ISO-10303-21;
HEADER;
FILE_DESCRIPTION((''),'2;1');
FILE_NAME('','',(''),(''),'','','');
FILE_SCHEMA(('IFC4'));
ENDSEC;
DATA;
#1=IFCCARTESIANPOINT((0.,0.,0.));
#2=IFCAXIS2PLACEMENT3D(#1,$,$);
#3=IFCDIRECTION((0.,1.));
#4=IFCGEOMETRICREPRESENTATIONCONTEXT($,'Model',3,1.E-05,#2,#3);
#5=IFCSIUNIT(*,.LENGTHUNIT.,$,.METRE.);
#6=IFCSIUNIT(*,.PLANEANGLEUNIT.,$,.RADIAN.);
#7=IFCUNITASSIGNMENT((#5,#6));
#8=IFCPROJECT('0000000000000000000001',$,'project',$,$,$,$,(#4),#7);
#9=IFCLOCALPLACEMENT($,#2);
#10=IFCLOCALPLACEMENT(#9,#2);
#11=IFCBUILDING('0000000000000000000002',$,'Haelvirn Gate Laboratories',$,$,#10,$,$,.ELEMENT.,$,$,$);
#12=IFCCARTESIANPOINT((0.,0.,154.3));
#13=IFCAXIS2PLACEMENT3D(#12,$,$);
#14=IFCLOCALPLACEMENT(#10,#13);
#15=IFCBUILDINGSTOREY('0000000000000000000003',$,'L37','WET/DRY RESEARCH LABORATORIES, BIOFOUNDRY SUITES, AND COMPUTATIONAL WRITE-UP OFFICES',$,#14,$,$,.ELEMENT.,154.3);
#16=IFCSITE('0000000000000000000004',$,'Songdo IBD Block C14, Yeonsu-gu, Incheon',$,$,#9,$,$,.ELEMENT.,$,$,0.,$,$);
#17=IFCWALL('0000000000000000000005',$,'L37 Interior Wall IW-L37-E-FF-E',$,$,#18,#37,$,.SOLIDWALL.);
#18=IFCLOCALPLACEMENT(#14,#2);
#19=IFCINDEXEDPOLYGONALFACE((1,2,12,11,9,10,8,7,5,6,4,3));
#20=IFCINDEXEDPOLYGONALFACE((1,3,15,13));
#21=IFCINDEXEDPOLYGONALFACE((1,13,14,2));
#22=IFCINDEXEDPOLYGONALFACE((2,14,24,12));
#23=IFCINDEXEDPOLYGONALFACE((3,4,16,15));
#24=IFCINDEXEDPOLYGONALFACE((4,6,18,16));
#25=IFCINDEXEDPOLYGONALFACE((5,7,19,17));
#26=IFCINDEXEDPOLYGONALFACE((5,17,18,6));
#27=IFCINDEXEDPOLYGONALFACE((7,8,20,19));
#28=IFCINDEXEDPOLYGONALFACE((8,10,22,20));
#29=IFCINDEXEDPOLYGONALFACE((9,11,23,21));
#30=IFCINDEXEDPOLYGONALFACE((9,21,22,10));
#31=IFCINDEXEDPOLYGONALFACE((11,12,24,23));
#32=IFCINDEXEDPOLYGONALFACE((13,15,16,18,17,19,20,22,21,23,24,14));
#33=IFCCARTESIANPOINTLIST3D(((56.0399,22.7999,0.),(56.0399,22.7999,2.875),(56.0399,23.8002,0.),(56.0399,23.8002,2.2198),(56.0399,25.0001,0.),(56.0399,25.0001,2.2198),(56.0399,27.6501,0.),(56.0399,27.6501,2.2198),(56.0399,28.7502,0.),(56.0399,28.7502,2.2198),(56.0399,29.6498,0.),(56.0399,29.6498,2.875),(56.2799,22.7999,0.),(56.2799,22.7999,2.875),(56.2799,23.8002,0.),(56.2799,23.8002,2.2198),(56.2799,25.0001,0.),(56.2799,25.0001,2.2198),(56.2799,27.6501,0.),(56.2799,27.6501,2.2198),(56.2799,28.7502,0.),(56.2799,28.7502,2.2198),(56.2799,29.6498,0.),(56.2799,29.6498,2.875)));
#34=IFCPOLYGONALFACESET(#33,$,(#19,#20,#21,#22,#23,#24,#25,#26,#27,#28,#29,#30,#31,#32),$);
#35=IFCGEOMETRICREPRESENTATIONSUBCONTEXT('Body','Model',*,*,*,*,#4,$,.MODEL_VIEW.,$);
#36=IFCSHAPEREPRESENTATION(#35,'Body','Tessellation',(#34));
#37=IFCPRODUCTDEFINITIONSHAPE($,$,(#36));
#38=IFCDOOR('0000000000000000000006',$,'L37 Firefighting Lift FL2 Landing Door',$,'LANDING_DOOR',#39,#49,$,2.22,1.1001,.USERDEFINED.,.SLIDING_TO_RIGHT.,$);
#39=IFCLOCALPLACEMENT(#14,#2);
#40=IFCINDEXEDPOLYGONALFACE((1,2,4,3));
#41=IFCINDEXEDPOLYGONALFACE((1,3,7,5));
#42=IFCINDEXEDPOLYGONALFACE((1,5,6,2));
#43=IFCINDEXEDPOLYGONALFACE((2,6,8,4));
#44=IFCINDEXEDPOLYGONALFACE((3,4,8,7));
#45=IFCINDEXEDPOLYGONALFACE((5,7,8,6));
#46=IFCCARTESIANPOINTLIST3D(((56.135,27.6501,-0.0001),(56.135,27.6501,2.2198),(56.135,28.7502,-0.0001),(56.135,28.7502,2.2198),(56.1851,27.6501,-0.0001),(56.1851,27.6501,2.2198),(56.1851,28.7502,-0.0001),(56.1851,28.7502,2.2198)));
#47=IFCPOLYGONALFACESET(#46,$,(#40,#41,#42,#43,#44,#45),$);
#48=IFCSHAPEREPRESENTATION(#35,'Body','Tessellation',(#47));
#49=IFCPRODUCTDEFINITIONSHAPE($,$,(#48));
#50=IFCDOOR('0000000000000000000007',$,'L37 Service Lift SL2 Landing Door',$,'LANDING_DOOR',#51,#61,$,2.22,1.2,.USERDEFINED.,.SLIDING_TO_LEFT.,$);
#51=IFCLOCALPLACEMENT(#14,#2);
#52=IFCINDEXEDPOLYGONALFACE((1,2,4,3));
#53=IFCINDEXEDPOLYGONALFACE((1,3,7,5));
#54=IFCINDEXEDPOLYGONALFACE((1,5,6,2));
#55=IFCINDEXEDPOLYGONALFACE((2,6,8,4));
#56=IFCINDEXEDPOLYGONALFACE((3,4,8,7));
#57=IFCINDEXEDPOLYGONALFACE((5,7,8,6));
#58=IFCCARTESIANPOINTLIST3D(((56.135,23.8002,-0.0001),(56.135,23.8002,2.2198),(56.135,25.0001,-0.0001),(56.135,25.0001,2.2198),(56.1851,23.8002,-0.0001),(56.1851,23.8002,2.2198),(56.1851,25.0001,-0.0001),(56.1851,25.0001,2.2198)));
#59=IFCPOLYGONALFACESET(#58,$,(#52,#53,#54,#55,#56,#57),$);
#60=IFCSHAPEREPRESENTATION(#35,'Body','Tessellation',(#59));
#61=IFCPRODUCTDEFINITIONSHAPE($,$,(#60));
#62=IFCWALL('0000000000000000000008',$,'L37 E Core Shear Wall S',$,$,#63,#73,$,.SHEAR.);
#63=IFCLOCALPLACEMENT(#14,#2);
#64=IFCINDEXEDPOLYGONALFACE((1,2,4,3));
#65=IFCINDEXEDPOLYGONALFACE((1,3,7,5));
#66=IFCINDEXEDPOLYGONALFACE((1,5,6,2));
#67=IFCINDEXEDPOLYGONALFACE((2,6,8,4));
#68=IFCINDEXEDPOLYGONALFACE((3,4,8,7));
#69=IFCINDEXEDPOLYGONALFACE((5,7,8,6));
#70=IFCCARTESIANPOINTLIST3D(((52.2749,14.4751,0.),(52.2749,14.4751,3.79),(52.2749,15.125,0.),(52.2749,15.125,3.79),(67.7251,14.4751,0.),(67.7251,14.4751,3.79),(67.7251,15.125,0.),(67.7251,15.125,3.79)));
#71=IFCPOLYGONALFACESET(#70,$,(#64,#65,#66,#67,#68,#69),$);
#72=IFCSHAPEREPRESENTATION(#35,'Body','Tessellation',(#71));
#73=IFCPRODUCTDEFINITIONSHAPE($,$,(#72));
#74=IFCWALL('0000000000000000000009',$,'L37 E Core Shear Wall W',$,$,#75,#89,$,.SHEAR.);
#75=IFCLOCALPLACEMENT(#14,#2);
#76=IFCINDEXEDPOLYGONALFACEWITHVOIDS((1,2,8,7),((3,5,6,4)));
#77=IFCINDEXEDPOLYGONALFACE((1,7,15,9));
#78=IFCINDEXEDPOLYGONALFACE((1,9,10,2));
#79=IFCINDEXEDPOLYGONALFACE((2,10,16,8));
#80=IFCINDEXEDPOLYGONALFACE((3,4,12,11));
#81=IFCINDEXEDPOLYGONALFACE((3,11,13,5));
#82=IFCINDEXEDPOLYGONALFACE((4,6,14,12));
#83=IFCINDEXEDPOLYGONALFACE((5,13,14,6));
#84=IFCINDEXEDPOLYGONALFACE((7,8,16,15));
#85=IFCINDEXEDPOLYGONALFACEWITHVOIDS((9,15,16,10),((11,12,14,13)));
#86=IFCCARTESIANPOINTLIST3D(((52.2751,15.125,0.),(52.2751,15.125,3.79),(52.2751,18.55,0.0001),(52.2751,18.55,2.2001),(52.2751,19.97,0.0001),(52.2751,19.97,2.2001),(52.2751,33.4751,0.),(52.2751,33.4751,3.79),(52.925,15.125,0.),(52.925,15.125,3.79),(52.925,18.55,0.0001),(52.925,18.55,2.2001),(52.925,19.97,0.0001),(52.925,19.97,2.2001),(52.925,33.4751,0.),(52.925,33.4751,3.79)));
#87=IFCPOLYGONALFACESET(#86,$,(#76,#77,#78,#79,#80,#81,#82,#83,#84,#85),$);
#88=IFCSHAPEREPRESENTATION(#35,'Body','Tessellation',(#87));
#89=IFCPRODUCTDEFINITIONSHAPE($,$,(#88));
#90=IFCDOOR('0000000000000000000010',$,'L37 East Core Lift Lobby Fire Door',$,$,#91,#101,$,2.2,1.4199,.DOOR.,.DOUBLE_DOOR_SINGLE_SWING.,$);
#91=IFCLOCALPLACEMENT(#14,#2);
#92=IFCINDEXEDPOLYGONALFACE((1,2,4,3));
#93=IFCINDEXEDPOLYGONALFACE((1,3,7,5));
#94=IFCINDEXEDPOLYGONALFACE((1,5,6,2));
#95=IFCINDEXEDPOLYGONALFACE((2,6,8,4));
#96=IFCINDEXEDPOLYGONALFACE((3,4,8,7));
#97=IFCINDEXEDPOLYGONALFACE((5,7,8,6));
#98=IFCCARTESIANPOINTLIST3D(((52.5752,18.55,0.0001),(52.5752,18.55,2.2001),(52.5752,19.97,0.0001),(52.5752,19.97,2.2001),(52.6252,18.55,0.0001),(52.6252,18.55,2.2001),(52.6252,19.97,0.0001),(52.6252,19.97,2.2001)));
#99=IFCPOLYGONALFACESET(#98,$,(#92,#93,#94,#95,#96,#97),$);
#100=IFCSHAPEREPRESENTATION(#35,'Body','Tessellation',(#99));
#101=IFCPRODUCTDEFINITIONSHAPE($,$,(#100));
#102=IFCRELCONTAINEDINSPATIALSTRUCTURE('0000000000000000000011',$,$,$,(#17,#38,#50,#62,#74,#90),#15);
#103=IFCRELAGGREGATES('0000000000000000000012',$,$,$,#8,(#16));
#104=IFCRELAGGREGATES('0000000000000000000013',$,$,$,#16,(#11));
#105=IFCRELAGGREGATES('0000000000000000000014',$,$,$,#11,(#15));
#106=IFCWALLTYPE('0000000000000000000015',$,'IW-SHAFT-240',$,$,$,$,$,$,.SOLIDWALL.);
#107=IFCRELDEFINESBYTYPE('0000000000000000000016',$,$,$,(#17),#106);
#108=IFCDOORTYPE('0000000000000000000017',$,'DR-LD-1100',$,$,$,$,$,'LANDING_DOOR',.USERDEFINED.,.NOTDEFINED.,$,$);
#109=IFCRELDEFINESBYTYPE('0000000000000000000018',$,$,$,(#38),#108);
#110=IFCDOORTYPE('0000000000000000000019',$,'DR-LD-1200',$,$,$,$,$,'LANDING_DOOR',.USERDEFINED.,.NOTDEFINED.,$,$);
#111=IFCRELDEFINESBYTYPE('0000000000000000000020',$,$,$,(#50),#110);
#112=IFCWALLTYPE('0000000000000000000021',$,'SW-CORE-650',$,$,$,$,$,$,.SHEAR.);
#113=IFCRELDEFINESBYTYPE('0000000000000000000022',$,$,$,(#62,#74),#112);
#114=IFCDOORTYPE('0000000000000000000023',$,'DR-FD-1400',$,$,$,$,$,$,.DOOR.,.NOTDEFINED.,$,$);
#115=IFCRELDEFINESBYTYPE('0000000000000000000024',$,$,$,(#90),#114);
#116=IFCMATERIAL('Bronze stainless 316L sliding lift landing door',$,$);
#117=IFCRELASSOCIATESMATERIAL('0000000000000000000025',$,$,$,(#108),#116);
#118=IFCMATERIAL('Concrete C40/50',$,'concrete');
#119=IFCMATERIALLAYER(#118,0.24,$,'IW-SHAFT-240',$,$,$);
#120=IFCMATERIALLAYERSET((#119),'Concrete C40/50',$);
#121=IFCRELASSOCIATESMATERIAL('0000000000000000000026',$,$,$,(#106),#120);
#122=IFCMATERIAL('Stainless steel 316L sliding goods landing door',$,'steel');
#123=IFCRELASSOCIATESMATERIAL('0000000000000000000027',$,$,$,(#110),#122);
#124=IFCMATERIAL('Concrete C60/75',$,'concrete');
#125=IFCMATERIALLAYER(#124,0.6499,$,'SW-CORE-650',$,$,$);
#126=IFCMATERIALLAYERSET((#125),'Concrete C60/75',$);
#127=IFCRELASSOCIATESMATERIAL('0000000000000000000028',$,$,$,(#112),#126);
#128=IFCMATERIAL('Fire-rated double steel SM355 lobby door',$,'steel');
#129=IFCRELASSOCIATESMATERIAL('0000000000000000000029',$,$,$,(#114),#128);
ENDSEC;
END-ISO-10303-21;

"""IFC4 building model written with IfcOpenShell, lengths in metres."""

from ifc_helpers import new_model, si_unit, direction, frame, frame_2d, origin, place, context, subcontext, project, spatial, rectangle, extrude, source, transform, mapped, material, layer, layer_set, type_object, type_shapes, element, fill, save


model = new_model("IFC4")

# Units and contexts
model_context = context("Model", 3, precision=1e-05, world=origin(), true_north=direction((0.0, 1.0)))
body_context = subcontext(model_context, "Body", "Model", "MODEL_VIEW")
ifc_project = project(units=[si_unit("LENGTHUNIT", "METRE"), si_unit("PLANEANGLEUNIT", "RADIAN")], contexts=[model_context])

# Site, building, storey
site_placement = place(None, origin())
site = spatial("IfcSite", under=ifc_project, at=site_placement, Name="Songdo IBD Block C14, Yeonsu-gu, Incheon", CompositionType="ELEMENT", RefElevation=0.0)
building_placement = place(site_placement, origin())
building = spatial("IfcBuilding", under=site, at=building_placement, Name="Haelvirn Gate Laboratories", CompositionType="ELEMENT")
storey_placement = place(building_placement, frame((0.0, 0.0, 154.3)))
storey = spatial("IfcBuildingStorey", under=building, at=storey_placement, Name="L37", Description="WET/DRY RESEARCH LABORATORIES, BIOFOUNDRY SUITES, AND COMPUTATIONAL WRITE-UP OFFICES", CompositionType="ELEMENT", Elevation=154.3)

# Shared definitions
ifc_material_1 = material(Name="Concrete C60/75", Category="concrete")

# Shared definitions
ifc_material_2 = material(Name="Concrete C40/50", Category="concrete")

# Shared definitions
ifc_material_3 = material(Name="Bronze stainless 316L sliding lift landing door")
door_type_1 = type_object("IfcDoorType", Name="DR-LD-1100", ElementType="LANDING_DOOR", OperationType="NOTDEFINED", PredefinedType="USERDEFINED", material=ifc_material_3)
shared_shape_1 = source(origin(), body_context, "Body", "SweptSolid", [
    extrude(rectangle(XDim=1.1001, YDim=2.22, at=frame_2d((0.55, 1.1099))), frame((0.0, 0.0249, 0.0), z_axis=(0.0, -1.0, 0.0), x_axis=(1.0, 0.0, 0.0)), (0.0, 0.0, 1.0), 0.05),
])
type_shapes(door_type_1, [shared_shape_1])

# Wall, openings, doors
ifc_layer_1 = layer(ifc_material_2, 0.24, Name="IW-SHAFT-240")
ifc_layer_set_1 = layer_set([ifc_layer_1], Name="Concrete C40/50")
wall_type_1 = type_object("IfcWallType", Name="IW-SHAFT-240", PredefinedType="SOLIDWALL", material=ifc_layer_set_1)
wall_1_placement = place(storey_placement, frame((56.1599, 22.8, 0.0), z_axis=(0.0, 0.0, 1.0), x_axis=(0.0, 1.0, 0.0)))
wall_1 = element("IfcWall", 1, at=wall_1_placement, inside=storey, type_object=wall_type_1, Name="L37 Interior Wall IW-L37-E-FF-E", PredefinedType="SOLIDWALL", context=body_context, shape_type="SweptSolid", body=[
    extrude(rectangle(XDim=6.8499, YDim=0.24, at=frame_2d((3.4248, 0.0))), origin(), (0.0, 0.0, 1.0), 2.875),
])
opening_1_placement = place(wall_1_placement, frame((4.8501, 0.0, 0.0)))
opening_1 = element("IfcOpeningElement", 2, at=opening_1_placement, cuts=wall_1, PredefinedType="OPENING", context=body_context, shape_type="SweptSolid", body=[
    extrude(rectangle(XDim=1.1001, YDim=2.22, at=frame_2d((0.55, 1.1099))), frame((0.0, 0.1299, 0.0), z_axis=(0.0, -1.0, 0.0), x_axis=(1.0, 0.0, 0.0)), (0.0, 0.0, 1.0), 0.26),
])
opening_2_placement = place(wall_1_placement, frame((1.0, 0.0, 0.0)))
opening_2 = element("IfcOpeningElement", 3, at=opening_2_placement, cuts=wall_1, PredefinedType="OPENING", context=body_context, shape_type="SweptSolid", body=[
    extrude(rectangle(XDim=1.2, YDim=2.22, at=frame_2d((0.6001, 1.1099))), frame((0.0, 0.1299, 0.0), z_axis=(0.0, -1.0, 0.0), x_axis=(1.0, 0.0, 0.0)), (0.0, 0.0, 1.0), 0.26),
])
door_1_placement = place(opening_1_placement, origin())
door_1 = element("IfcDoor", 4, at=door_1_placement, inside=storey, type_object=door_type_1, Name="L37 Firefighting Lift FL2 Landing Door", ObjectType="LANDING_DOOR", OperationType="SLIDING_TO_RIGHT", OverallHeight=2.22, OverallWidth=1.1001, PredefinedType="USERDEFINED", context=body_context, shape_type="MappedRepresentation", body=[
    mapped(shared_shape_1, transform((0.0, 0.0, 0.0), scale=1.0)),
])
fill(opening_1, door_1)
ifc_material_4 = material(Name="Stainless steel 316L sliding goods landing door", Category="steel")
door_type_2 = type_object("IfcDoorType", Name="DR-LD-1200", ElementType="LANDING_DOOR", OperationType="NOTDEFINED", PredefinedType="USERDEFINED", material=ifc_material_4)
shared_shape_2 = source(origin(), body_context, "Body", "SweptSolid", [
    extrude(rectangle(XDim=1.2, YDim=2.22, at=frame_2d((0.6001, 1.1099))), frame((0.0, 0.0249, 0.0), z_axis=(0.0, -1.0, 0.0), x_axis=(1.0, 0.0, 0.0)), (0.0, 0.0, 1.0), 0.05),
])
type_shapes(door_type_2, [shared_shape_2])
door_2_placement = place(opening_2_placement, origin())
door_2 = element("IfcDoor", 5, at=door_2_placement, inside=storey, type_object=door_type_2, Name="L37 Service Lift SL2 Landing Door", ObjectType="LANDING_DOOR", OperationType="SLIDING_TO_LEFT", OverallHeight=2.22, OverallWidth=1.2, PredefinedType="USERDEFINED", context=body_context, shape_type="MappedRepresentation", body=[
    mapped(shared_shape_2, transform((0.0, 0.0, 0.0), scale=1.0)),
])
fill(opening_2, door_2)

# Wall
ifc_layer_2 = layer(ifc_material_1, 0.6499, Name="SW-CORE-650")
ifc_layer_set_2 = layer_set([ifc_layer_2], Name="Concrete C60/75")
wall_type_2 = type_object("IfcWallType", Name="SW-CORE-650", PredefinedType="SHEAR", material=ifc_layer_set_2)
wall_2_placement = place(storey_placement, frame((52.2749, 14.8, 0.0), z_axis=(0.0, 0.0, 1.0), x_axis=(1.0, 0.0, 0.0)))
element("IfcWall", 6, at=wall_2_placement, inside=storey, type_object=wall_type_2, Name="L37 E Core Shear Wall S", PredefinedType="SHEAR", context=body_context, shape_type="SweptSolid", body=[
    extrude(rectangle(XDim=15.4502, YDim=0.6499, at=frame_2d((7.7251, 0.0))), origin(), (0.0, 0.0, 1.0), 3.79),
])

# Wall, opening, door
wall_3_placement = place(storey_placement, frame((52.6001, 15.125, 0.0), z_axis=(0.0, 0.0, 1.0), x_axis=(0.0, 1.0, 0.0)))
wall_3 = element("IfcWall", 7, at=wall_3_placement, inside=storey, type_object=wall_type_2, Name="L37 E Core Shear Wall W", PredefinedType="SHEAR", context=body_context, shape_type="SweptSolid", body=[
    extrude(rectangle(XDim=18.3501, YDim=0.6499, at=frame_2d((9.175, 0.0))), origin(), (0.0, 0.0, 1.0), 3.79),
])
opening_3_placement = place(wall_3_placement, frame((3.425, 0.0, 0.0)))
opening_3 = element("IfcOpeningElement", 8, at=opening_3_placement, cuts=wall_3, PredefinedType="OPENING", context=body_context, shape_type="SweptSolid", body=[
    extrude(rectangle(XDim=1.4199, YDim=2.2, at=frame_2d((0.71, 1.1001))), frame((0.0, 0.335, 0.0), z_axis=(0.0, -1.0, 0.0), x_axis=(1.0, 0.0, 0.0)), (0.0, 0.0, 1.0), 0.6699),
])
ifc_material_5 = material(Name="Fire-rated double steel SM355 lobby door", Category="steel")
door_type_3 = type_object("IfcDoorType", Name="DR-FD-1400", OperationType="NOTDEFINED", PredefinedType="DOOR", material=ifc_material_5)
shared_shape_3 = source(origin(), body_context, "Body", "SweptSolid", [
    extrude(rectangle(XDim=1.4199, YDim=2.2, at=frame_2d((0.71, 1.1001))), frame((0.0, 0.0249, 0.0), z_axis=(0.0, -1.0, 0.0), x_axis=(1.0, 0.0, 0.0)), (0.0, 0.0, 1.0), 0.05),
])
type_shapes(door_type_3, [shared_shape_3])
door_3_placement = place(opening_3_placement, origin())
door_3 = element("IfcDoor", 9, at=door_3_placement, inside=storey, type_object=door_type_3, Name="L37 East Core Lift Lobby Fire Door", OperationType="DOUBLE_DOOR_SINGLE_SWING", OverallHeight=2.2, OverallWidth=1.4199, PredefinedType="DOOR", context=body_context, shape_type="MappedRepresentation", body=[
    mapped(shared_shape_3, transform((0.0, 0.0, 0.0), scale=1.0)),
])
fill(opening_3, door_3)

save(model, "model.ifc")
